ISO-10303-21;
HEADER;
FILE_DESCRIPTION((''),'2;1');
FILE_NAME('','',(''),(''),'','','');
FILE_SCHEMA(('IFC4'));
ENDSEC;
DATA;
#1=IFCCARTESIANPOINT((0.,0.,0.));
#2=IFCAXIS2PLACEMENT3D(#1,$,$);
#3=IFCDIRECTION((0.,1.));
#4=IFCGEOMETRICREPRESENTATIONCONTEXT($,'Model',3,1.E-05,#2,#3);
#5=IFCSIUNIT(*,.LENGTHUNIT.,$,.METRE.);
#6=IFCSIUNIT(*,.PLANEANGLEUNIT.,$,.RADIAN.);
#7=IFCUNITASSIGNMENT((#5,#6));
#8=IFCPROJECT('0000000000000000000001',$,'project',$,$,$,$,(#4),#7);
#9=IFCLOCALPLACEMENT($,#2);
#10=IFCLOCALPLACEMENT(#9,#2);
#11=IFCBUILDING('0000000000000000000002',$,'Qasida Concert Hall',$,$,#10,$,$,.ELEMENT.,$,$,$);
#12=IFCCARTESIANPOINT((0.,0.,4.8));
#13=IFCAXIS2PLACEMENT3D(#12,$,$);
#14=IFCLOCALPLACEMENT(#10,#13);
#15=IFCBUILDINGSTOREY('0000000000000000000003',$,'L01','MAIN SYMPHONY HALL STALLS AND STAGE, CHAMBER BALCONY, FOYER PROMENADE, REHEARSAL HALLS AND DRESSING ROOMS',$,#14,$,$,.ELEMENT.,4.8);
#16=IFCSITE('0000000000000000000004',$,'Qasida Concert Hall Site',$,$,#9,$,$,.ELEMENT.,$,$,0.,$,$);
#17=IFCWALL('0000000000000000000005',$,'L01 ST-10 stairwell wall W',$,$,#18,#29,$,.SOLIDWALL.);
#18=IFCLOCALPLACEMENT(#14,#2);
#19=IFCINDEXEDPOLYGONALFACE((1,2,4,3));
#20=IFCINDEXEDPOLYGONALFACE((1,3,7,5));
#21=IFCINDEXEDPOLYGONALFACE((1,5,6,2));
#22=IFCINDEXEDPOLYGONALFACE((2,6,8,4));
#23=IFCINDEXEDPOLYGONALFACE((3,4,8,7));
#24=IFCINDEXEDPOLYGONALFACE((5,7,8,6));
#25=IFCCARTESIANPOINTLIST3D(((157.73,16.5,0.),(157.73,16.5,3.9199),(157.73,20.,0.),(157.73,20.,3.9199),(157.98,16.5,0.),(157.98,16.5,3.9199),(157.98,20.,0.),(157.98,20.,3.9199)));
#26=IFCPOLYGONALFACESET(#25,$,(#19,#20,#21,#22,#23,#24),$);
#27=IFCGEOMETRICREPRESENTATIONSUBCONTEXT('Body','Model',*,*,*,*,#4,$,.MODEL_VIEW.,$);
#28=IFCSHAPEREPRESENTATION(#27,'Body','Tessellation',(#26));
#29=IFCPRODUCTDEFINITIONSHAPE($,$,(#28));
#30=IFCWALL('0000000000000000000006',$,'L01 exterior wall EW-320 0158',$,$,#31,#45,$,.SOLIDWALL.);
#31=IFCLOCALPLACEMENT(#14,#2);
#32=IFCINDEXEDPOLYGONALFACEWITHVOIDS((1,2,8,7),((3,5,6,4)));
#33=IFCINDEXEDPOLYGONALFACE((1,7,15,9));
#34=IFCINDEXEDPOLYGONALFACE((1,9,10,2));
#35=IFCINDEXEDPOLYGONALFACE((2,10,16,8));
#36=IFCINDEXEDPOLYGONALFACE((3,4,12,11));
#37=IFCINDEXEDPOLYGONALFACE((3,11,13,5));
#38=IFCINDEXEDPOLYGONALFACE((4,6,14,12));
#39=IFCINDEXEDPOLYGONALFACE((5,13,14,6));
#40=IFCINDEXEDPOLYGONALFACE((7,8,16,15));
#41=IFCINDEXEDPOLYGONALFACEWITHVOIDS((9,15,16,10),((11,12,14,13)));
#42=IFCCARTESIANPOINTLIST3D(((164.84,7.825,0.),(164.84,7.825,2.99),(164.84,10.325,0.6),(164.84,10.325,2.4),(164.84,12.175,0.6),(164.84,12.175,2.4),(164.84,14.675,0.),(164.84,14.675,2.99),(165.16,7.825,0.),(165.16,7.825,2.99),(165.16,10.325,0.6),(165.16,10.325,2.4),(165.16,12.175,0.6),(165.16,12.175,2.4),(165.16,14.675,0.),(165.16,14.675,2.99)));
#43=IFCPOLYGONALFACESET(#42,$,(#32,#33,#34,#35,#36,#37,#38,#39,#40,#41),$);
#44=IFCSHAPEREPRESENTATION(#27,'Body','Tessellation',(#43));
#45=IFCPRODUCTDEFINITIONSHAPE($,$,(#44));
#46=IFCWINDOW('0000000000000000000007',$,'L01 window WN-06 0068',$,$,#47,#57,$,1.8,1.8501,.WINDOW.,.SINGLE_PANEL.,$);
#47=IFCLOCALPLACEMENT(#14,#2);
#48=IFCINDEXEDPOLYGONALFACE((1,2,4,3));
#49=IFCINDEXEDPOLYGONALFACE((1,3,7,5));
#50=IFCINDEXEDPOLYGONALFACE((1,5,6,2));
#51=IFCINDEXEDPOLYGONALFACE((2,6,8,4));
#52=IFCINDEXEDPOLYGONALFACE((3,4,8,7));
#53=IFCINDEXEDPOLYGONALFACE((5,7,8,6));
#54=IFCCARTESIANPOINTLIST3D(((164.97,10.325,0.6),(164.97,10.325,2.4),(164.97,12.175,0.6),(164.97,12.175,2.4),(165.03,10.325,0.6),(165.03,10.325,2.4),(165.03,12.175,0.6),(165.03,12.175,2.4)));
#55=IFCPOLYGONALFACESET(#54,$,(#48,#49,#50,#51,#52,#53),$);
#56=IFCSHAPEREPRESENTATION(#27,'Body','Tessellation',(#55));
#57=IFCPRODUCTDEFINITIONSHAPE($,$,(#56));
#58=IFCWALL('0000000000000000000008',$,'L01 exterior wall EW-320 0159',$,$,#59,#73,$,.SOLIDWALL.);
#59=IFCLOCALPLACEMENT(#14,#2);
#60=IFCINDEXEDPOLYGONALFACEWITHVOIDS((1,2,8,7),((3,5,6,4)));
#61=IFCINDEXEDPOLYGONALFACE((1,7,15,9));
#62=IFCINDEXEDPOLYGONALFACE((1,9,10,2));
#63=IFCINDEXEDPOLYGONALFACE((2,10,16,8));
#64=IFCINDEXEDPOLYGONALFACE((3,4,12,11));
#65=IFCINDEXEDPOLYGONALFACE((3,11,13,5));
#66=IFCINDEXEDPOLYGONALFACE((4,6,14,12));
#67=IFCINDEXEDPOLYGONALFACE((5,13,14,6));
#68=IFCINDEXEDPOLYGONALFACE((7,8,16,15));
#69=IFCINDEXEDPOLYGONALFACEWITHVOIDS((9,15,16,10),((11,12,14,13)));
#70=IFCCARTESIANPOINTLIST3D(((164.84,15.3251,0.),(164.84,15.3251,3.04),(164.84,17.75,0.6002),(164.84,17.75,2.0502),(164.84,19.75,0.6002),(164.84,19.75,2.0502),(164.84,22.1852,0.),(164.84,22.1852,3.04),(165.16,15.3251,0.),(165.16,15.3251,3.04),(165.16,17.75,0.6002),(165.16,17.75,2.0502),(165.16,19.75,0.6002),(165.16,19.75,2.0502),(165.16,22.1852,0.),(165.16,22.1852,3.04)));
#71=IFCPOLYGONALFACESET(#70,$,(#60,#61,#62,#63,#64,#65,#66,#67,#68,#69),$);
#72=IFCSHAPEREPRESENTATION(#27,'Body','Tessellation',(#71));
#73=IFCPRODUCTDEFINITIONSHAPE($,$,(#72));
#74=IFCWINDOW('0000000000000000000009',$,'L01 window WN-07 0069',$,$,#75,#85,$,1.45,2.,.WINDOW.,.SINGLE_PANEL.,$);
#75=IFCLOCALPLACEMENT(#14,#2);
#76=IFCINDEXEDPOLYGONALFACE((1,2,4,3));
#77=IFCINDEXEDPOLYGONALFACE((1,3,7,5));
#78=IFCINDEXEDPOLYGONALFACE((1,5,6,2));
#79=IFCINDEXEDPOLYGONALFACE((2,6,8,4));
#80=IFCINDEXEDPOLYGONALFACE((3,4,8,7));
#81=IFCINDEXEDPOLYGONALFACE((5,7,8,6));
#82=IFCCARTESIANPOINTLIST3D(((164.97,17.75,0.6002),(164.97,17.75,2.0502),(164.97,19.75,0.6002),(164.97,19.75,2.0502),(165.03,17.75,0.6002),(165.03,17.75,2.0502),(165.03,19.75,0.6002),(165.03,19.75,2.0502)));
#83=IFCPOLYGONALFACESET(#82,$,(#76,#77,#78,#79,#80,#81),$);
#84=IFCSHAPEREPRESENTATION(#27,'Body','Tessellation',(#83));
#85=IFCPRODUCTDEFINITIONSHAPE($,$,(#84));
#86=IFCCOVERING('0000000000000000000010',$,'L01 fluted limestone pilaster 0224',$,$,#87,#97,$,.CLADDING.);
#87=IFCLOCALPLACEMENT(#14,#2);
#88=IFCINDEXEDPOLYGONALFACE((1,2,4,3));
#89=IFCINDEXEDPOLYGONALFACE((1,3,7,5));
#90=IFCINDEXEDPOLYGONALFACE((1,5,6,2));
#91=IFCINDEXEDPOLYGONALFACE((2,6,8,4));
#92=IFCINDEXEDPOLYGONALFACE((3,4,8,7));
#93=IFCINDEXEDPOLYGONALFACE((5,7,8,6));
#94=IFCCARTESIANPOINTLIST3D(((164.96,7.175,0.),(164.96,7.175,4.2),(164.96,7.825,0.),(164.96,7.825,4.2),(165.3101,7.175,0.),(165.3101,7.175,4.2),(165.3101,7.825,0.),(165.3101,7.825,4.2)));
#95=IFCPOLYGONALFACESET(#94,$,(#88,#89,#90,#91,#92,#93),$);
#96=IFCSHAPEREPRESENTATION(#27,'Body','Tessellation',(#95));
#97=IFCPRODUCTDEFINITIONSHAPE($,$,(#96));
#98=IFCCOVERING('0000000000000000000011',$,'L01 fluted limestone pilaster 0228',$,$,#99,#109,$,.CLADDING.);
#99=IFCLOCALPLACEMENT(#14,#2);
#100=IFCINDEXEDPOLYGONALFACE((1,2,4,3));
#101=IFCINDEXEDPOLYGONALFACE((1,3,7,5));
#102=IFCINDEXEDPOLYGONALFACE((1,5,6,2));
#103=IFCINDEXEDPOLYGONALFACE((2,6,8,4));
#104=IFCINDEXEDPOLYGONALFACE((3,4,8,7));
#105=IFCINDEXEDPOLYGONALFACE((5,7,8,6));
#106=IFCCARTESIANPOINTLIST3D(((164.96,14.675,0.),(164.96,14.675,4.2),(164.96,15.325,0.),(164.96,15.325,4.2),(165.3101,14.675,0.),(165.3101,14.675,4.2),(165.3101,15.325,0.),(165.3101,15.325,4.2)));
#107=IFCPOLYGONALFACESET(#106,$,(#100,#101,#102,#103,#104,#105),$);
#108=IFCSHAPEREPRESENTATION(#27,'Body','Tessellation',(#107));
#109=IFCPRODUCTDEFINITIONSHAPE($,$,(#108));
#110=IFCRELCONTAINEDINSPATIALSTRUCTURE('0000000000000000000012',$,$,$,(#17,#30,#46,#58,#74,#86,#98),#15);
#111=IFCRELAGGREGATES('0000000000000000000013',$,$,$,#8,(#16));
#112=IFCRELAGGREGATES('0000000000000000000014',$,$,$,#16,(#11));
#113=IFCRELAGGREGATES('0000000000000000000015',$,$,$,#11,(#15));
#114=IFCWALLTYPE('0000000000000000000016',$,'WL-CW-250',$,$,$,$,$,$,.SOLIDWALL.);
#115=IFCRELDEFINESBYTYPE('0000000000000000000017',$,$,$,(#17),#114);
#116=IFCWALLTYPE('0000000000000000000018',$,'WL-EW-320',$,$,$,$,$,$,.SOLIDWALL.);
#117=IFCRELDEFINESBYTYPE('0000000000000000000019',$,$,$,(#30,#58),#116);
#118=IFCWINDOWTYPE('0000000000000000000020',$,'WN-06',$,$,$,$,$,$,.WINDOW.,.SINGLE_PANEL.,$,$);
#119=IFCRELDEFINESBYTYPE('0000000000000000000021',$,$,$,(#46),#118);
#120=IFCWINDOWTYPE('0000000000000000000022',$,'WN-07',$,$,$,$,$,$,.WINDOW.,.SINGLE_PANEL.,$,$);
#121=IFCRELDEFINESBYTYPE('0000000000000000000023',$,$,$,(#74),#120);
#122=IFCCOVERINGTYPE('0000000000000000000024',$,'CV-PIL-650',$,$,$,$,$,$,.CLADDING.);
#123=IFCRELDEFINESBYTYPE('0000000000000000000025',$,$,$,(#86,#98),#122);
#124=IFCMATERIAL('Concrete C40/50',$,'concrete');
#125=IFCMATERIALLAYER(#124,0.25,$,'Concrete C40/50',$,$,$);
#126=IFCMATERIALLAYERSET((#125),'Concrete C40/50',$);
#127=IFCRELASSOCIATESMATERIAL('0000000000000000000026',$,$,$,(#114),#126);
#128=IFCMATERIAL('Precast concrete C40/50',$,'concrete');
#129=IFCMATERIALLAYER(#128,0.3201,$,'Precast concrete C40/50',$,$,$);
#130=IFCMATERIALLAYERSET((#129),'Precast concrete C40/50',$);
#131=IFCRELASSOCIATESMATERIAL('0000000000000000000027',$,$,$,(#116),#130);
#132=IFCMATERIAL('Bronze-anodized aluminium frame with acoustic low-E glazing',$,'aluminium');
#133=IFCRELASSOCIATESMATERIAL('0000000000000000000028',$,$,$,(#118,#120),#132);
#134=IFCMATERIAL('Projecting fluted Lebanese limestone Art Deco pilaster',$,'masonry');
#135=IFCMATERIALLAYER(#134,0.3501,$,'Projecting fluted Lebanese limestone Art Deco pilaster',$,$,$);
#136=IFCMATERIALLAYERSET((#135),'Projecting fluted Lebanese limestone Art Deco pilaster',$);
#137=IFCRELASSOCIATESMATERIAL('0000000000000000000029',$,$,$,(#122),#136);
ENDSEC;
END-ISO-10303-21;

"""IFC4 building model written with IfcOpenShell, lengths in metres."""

from ifc_helpers import new_model, si_unit, direction, frame, frame_2d, origin, origin_2d, place, context, subcontext, project, spatial, rectangle, extrude, material, layer, layer_set, type_object, element, fill, save


model = new_model("IFC4")

# Units and contexts
model_context = context("Model", 3, precision=1e-05, world=origin(), true_north=direction((0.0, 1.0)))
body_context = subcontext(model_context, "Body", "Model", "MODEL_VIEW")
ifc_project = project(units=[si_unit("LENGTHUNIT", "METRE"), si_unit("PLANEANGLEUNIT", "RADIAN")], contexts=[model_context])

# Site, building, storey
site_placement = place(None, origin())
site = spatial("IfcSite", under=ifc_project, at=site_placement, Name="Qasida Concert Hall Site", CompositionType="ELEMENT", RefElevation=0.0)
building_placement = place(site_placement, origin())
building = spatial("IfcBuilding", under=site, at=building_placement, Name="Qasida Concert Hall", CompositionType="ELEMENT")
storey_placement = place(building_placement, frame((0.0, 0.0, 4.8)))
storey = spatial("IfcBuildingStorey", under=building, at=storey_placement, Name="L01", Description="MAIN SYMPHONY HALL STALLS AND STAGE, CHAMBER BALCONY, FOYER PROMENADE, REHEARSAL HALLS AND DRESSING ROOMS", CompositionType="ELEMENT", Elevation=4.8)

# Shared definitions
ifc_material_1 = material(Name="Concrete C40/50", Category="concrete")

# Shared definitions
ifc_layer_1 = layer(ifc_material_1, 0.25, Name="Concrete C40/50")
ifc_layer_set_1 = layer_set([ifc_layer_1], Name="Concrete C40/50")
wall_type_1 = type_object("IfcWallType", Name="WL-CW-250", PredefinedType="SOLIDWALL", material=ifc_layer_set_1)

# Wall
wall_1_placement = place(storey_placement, frame((157.855, 16.5, 0.0), z_axis=(0.0, 0.0, 1.0), x_axis=(0.0, 1.0, 0.0)))
element("IfcWall", 1, at=wall_1_placement, inside=storey, type_object=wall_type_1, Name="L01 ST-10 stairwell wall W", PredefinedType="SOLIDWALL", context=body_context, shape_type="SweptSolid", body=[
    extrude(rectangle(XDim=3.5, YDim=0.25, at=frame_2d((1.75, 0.0))), origin(), (0.0, 0.0, 1.0), 3.9199),
])

# Walls, openings, windows
ifc_material_2 = material(Name="Precast concrete C40/50", Category="concrete")
ifc_layer_2 = layer(ifc_material_2, 0.3201, Name="Precast concrete C40/50")
ifc_layer_set_2 = layer_set([ifc_layer_2], Name="Precast concrete C40/50")
wall_type_2 = type_object("IfcWallType", Name="WL-EW-320", PredefinedType="SOLIDWALL", material=ifc_layer_set_2)
wall_2_placement = place(storey_placement, frame((165.0, 7.825, 0.0), z_axis=(0.0, 0.0, 1.0), x_axis=(0.0, 1.0, 0.0)))
wall_2 = element("IfcWall", 2, at=wall_2_placement, inside=storey, type_object=wall_type_2, Name="L01 exterior wall EW-320 0158", PredefinedType="SOLIDWALL", context=body_context, shape_type="SweptSolid", body=[
    extrude(rectangle(XDim=6.8501, YDim=0.3201, at=frame_2d((3.425, 0.0))), origin(), (0.0, 0.0, 1.0), 2.99),
])
opening_1_placement = place(wall_2_placement, frame((2.5, 0.0, 0.6001)))
opening_1 = element("IfcOpeningElement", 3, at=opening_1_placement, cuts=wall_2, PredefinedType="OPENING", context=body_context, shape_type="SweptSolid", body=[
    extrude(rectangle(XDim=1.8501, YDim=1.8, at=frame_2d((0.925, 0.8999))), frame((0.0, 0.1699, 0.0), z_axis=(0.0, -1.0, 0.0), x_axis=(1.0, 0.0, 0.0)), (0.0, 0.0, 1.0), 0.3401),
])
ifc_material_3 = material(Name="Bronze-anodized aluminium frame with acoustic low-E glazing", Category="aluminium")
window_type_1 = type_object("IfcWindowType", Name="WN-06", PartitioningType="SINGLE_PANEL", PredefinedType="WINDOW", material=ifc_material_3)
window_1_placement = place(opening_1_placement, origin())
window_1 = element("IfcWindow", 4, at=window_1_placement, inside=storey, type_object=window_type_1, Name="L01 window WN-06 0068", OverallHeight=1.8, OverallWidth=1.8501, PartitioningType="SINGLE_PANEL", PredefinedType="WINDOW", context=body_context, shape_type="SweptSolid", body=[
    extrude(rectangle(XDim=1.8501, YDim=1.8, at=frame_2d((0.925, 0.8999))), frame((0.0, 0.03, 0.0), z_axis=(0.0, -1.0, 0.0), x_axis=(1.0, 0.0, 0.0)), (0.0, 0.0, 1.0), 0.0601),
])
fill(opening_1, window_1)
wall_3_placement = place(storey_placement, frame((165.0, 15.325, 0.0), z_axis=(0.0, 0.0, 1.0), x_axis=(0.0, 1.0, 0.0)))
wall_3 = element("IfcWall", 5, at=wall_3_placement, inside=storey, type_object=wall_type_2, Name="L01 exterior wall EW-320 0159", PredefinedType="SOLIDWALL", context=body_context, shape_type="SweptSolid", body=[
    extrude(rectangle(XDim=6.8601, YDim=0.3201, at=frame_2d((3.4302, 0.0))), origin(), (0.0, 0.0, 1.0), 3.04),
])
opening_2_placement = place(wall_3_placement, frame((2.425, 0.0, 0.6001)))
opening_2 = element("IfcOpeningElement", 6, at=opening_2_placement, cuts=wall_3, PredefinedType="OPENING", context=body_context, shape_type="SweptSolid", body=[
    extrude(rectangle(XDim=2.0, YDim=1.45, at=frame_2d((1.0, 0.7251))), frame((0.0, 0.1699, 0.0), z_axis=(0.0, -1.0, 0.0), x_axis=(1.0, 0.0, 0.0)), (0.0, 0.0, 1.0), 0.3401),
])
window_type_2 = type_object("IfcWindowType", Name="WN-07", PartitioningType="SINGLE_PANEL", PredefinedType="WINDOW", material=ifc_material_3)
window_2_placement = place(opening_2_placement, origin())
window_2 = element("IfcWindow", 7, at=window_2_placement, inside=storey, type_object=window_type_2, Name="L01 window WN-07 0069", OverallHeight=1.45, OverallWidth=2.0, PartitioningType="SINGLE_PANEL", PredefinedType="WINDOW", context=body_context, shape_type="SweptSolid", body=[
    extrude(rectangle(XDim=2.0, YDim=1.45, at=frame_2d((1.0, 0.7251))), frame((0.0, 0.03, 0.0), z_axis=(0.0, -1.0, 0.0), x_axis=(1.0, 0.0, 0.0)), (0.0, 0.0, 1.0), 0.0601),
])
fill(opening_2, window_2)

# Coverings
ifc_material_4 = material(Name="Projecting fluted Lebanese limestone Art Deco pilaster", Category="masonry")
ifc_layer_3 = layer(ifc_material_4, 0.3501, Name="Projecting fluted Lebanese limestone Art Deco pilaster")
ifc_layer_set_3 = layer_set([ifc_layer_3], Name="Projecting fluted Lebanese limestone Art Deco pilaster")
covering_type = type_object("IfcCoveringType", Name="CV-PIL-650", PredefinedType="CLADDING", material=ifc_layer_set_3)
for number, where, z_axis, x_axis, name in (
    (8, (165.135, 7.5, 0.0), (0.0, 0.0, 1.0), (1.0, 0.0, 0.0), "L01 fluted limestone pilaster 0224"),
    (9, (165.135, 15.0, 0.0), (0.0, 0.0, 1.0), (1.0, 0.0, 0.0), "L01 fluted limestone pilaster 0228"),
):
    element("IfcCovering", number, at=place(storey_placement, frame(where, z_axis=z_axis, x_axis=x_axis)), inside=storey, type_object=covering_type, Name=name, PredefinedType="CLADDING", context=body_context, shape_type="SweptSolid", body=[
        extrude(rectangle(XDim=0.3501, YDim=0.6499, at=origin_2d()), origin(), (0.0, 0.0, 1.0), 4.2),
    ])

save(model, "model.ifc")
